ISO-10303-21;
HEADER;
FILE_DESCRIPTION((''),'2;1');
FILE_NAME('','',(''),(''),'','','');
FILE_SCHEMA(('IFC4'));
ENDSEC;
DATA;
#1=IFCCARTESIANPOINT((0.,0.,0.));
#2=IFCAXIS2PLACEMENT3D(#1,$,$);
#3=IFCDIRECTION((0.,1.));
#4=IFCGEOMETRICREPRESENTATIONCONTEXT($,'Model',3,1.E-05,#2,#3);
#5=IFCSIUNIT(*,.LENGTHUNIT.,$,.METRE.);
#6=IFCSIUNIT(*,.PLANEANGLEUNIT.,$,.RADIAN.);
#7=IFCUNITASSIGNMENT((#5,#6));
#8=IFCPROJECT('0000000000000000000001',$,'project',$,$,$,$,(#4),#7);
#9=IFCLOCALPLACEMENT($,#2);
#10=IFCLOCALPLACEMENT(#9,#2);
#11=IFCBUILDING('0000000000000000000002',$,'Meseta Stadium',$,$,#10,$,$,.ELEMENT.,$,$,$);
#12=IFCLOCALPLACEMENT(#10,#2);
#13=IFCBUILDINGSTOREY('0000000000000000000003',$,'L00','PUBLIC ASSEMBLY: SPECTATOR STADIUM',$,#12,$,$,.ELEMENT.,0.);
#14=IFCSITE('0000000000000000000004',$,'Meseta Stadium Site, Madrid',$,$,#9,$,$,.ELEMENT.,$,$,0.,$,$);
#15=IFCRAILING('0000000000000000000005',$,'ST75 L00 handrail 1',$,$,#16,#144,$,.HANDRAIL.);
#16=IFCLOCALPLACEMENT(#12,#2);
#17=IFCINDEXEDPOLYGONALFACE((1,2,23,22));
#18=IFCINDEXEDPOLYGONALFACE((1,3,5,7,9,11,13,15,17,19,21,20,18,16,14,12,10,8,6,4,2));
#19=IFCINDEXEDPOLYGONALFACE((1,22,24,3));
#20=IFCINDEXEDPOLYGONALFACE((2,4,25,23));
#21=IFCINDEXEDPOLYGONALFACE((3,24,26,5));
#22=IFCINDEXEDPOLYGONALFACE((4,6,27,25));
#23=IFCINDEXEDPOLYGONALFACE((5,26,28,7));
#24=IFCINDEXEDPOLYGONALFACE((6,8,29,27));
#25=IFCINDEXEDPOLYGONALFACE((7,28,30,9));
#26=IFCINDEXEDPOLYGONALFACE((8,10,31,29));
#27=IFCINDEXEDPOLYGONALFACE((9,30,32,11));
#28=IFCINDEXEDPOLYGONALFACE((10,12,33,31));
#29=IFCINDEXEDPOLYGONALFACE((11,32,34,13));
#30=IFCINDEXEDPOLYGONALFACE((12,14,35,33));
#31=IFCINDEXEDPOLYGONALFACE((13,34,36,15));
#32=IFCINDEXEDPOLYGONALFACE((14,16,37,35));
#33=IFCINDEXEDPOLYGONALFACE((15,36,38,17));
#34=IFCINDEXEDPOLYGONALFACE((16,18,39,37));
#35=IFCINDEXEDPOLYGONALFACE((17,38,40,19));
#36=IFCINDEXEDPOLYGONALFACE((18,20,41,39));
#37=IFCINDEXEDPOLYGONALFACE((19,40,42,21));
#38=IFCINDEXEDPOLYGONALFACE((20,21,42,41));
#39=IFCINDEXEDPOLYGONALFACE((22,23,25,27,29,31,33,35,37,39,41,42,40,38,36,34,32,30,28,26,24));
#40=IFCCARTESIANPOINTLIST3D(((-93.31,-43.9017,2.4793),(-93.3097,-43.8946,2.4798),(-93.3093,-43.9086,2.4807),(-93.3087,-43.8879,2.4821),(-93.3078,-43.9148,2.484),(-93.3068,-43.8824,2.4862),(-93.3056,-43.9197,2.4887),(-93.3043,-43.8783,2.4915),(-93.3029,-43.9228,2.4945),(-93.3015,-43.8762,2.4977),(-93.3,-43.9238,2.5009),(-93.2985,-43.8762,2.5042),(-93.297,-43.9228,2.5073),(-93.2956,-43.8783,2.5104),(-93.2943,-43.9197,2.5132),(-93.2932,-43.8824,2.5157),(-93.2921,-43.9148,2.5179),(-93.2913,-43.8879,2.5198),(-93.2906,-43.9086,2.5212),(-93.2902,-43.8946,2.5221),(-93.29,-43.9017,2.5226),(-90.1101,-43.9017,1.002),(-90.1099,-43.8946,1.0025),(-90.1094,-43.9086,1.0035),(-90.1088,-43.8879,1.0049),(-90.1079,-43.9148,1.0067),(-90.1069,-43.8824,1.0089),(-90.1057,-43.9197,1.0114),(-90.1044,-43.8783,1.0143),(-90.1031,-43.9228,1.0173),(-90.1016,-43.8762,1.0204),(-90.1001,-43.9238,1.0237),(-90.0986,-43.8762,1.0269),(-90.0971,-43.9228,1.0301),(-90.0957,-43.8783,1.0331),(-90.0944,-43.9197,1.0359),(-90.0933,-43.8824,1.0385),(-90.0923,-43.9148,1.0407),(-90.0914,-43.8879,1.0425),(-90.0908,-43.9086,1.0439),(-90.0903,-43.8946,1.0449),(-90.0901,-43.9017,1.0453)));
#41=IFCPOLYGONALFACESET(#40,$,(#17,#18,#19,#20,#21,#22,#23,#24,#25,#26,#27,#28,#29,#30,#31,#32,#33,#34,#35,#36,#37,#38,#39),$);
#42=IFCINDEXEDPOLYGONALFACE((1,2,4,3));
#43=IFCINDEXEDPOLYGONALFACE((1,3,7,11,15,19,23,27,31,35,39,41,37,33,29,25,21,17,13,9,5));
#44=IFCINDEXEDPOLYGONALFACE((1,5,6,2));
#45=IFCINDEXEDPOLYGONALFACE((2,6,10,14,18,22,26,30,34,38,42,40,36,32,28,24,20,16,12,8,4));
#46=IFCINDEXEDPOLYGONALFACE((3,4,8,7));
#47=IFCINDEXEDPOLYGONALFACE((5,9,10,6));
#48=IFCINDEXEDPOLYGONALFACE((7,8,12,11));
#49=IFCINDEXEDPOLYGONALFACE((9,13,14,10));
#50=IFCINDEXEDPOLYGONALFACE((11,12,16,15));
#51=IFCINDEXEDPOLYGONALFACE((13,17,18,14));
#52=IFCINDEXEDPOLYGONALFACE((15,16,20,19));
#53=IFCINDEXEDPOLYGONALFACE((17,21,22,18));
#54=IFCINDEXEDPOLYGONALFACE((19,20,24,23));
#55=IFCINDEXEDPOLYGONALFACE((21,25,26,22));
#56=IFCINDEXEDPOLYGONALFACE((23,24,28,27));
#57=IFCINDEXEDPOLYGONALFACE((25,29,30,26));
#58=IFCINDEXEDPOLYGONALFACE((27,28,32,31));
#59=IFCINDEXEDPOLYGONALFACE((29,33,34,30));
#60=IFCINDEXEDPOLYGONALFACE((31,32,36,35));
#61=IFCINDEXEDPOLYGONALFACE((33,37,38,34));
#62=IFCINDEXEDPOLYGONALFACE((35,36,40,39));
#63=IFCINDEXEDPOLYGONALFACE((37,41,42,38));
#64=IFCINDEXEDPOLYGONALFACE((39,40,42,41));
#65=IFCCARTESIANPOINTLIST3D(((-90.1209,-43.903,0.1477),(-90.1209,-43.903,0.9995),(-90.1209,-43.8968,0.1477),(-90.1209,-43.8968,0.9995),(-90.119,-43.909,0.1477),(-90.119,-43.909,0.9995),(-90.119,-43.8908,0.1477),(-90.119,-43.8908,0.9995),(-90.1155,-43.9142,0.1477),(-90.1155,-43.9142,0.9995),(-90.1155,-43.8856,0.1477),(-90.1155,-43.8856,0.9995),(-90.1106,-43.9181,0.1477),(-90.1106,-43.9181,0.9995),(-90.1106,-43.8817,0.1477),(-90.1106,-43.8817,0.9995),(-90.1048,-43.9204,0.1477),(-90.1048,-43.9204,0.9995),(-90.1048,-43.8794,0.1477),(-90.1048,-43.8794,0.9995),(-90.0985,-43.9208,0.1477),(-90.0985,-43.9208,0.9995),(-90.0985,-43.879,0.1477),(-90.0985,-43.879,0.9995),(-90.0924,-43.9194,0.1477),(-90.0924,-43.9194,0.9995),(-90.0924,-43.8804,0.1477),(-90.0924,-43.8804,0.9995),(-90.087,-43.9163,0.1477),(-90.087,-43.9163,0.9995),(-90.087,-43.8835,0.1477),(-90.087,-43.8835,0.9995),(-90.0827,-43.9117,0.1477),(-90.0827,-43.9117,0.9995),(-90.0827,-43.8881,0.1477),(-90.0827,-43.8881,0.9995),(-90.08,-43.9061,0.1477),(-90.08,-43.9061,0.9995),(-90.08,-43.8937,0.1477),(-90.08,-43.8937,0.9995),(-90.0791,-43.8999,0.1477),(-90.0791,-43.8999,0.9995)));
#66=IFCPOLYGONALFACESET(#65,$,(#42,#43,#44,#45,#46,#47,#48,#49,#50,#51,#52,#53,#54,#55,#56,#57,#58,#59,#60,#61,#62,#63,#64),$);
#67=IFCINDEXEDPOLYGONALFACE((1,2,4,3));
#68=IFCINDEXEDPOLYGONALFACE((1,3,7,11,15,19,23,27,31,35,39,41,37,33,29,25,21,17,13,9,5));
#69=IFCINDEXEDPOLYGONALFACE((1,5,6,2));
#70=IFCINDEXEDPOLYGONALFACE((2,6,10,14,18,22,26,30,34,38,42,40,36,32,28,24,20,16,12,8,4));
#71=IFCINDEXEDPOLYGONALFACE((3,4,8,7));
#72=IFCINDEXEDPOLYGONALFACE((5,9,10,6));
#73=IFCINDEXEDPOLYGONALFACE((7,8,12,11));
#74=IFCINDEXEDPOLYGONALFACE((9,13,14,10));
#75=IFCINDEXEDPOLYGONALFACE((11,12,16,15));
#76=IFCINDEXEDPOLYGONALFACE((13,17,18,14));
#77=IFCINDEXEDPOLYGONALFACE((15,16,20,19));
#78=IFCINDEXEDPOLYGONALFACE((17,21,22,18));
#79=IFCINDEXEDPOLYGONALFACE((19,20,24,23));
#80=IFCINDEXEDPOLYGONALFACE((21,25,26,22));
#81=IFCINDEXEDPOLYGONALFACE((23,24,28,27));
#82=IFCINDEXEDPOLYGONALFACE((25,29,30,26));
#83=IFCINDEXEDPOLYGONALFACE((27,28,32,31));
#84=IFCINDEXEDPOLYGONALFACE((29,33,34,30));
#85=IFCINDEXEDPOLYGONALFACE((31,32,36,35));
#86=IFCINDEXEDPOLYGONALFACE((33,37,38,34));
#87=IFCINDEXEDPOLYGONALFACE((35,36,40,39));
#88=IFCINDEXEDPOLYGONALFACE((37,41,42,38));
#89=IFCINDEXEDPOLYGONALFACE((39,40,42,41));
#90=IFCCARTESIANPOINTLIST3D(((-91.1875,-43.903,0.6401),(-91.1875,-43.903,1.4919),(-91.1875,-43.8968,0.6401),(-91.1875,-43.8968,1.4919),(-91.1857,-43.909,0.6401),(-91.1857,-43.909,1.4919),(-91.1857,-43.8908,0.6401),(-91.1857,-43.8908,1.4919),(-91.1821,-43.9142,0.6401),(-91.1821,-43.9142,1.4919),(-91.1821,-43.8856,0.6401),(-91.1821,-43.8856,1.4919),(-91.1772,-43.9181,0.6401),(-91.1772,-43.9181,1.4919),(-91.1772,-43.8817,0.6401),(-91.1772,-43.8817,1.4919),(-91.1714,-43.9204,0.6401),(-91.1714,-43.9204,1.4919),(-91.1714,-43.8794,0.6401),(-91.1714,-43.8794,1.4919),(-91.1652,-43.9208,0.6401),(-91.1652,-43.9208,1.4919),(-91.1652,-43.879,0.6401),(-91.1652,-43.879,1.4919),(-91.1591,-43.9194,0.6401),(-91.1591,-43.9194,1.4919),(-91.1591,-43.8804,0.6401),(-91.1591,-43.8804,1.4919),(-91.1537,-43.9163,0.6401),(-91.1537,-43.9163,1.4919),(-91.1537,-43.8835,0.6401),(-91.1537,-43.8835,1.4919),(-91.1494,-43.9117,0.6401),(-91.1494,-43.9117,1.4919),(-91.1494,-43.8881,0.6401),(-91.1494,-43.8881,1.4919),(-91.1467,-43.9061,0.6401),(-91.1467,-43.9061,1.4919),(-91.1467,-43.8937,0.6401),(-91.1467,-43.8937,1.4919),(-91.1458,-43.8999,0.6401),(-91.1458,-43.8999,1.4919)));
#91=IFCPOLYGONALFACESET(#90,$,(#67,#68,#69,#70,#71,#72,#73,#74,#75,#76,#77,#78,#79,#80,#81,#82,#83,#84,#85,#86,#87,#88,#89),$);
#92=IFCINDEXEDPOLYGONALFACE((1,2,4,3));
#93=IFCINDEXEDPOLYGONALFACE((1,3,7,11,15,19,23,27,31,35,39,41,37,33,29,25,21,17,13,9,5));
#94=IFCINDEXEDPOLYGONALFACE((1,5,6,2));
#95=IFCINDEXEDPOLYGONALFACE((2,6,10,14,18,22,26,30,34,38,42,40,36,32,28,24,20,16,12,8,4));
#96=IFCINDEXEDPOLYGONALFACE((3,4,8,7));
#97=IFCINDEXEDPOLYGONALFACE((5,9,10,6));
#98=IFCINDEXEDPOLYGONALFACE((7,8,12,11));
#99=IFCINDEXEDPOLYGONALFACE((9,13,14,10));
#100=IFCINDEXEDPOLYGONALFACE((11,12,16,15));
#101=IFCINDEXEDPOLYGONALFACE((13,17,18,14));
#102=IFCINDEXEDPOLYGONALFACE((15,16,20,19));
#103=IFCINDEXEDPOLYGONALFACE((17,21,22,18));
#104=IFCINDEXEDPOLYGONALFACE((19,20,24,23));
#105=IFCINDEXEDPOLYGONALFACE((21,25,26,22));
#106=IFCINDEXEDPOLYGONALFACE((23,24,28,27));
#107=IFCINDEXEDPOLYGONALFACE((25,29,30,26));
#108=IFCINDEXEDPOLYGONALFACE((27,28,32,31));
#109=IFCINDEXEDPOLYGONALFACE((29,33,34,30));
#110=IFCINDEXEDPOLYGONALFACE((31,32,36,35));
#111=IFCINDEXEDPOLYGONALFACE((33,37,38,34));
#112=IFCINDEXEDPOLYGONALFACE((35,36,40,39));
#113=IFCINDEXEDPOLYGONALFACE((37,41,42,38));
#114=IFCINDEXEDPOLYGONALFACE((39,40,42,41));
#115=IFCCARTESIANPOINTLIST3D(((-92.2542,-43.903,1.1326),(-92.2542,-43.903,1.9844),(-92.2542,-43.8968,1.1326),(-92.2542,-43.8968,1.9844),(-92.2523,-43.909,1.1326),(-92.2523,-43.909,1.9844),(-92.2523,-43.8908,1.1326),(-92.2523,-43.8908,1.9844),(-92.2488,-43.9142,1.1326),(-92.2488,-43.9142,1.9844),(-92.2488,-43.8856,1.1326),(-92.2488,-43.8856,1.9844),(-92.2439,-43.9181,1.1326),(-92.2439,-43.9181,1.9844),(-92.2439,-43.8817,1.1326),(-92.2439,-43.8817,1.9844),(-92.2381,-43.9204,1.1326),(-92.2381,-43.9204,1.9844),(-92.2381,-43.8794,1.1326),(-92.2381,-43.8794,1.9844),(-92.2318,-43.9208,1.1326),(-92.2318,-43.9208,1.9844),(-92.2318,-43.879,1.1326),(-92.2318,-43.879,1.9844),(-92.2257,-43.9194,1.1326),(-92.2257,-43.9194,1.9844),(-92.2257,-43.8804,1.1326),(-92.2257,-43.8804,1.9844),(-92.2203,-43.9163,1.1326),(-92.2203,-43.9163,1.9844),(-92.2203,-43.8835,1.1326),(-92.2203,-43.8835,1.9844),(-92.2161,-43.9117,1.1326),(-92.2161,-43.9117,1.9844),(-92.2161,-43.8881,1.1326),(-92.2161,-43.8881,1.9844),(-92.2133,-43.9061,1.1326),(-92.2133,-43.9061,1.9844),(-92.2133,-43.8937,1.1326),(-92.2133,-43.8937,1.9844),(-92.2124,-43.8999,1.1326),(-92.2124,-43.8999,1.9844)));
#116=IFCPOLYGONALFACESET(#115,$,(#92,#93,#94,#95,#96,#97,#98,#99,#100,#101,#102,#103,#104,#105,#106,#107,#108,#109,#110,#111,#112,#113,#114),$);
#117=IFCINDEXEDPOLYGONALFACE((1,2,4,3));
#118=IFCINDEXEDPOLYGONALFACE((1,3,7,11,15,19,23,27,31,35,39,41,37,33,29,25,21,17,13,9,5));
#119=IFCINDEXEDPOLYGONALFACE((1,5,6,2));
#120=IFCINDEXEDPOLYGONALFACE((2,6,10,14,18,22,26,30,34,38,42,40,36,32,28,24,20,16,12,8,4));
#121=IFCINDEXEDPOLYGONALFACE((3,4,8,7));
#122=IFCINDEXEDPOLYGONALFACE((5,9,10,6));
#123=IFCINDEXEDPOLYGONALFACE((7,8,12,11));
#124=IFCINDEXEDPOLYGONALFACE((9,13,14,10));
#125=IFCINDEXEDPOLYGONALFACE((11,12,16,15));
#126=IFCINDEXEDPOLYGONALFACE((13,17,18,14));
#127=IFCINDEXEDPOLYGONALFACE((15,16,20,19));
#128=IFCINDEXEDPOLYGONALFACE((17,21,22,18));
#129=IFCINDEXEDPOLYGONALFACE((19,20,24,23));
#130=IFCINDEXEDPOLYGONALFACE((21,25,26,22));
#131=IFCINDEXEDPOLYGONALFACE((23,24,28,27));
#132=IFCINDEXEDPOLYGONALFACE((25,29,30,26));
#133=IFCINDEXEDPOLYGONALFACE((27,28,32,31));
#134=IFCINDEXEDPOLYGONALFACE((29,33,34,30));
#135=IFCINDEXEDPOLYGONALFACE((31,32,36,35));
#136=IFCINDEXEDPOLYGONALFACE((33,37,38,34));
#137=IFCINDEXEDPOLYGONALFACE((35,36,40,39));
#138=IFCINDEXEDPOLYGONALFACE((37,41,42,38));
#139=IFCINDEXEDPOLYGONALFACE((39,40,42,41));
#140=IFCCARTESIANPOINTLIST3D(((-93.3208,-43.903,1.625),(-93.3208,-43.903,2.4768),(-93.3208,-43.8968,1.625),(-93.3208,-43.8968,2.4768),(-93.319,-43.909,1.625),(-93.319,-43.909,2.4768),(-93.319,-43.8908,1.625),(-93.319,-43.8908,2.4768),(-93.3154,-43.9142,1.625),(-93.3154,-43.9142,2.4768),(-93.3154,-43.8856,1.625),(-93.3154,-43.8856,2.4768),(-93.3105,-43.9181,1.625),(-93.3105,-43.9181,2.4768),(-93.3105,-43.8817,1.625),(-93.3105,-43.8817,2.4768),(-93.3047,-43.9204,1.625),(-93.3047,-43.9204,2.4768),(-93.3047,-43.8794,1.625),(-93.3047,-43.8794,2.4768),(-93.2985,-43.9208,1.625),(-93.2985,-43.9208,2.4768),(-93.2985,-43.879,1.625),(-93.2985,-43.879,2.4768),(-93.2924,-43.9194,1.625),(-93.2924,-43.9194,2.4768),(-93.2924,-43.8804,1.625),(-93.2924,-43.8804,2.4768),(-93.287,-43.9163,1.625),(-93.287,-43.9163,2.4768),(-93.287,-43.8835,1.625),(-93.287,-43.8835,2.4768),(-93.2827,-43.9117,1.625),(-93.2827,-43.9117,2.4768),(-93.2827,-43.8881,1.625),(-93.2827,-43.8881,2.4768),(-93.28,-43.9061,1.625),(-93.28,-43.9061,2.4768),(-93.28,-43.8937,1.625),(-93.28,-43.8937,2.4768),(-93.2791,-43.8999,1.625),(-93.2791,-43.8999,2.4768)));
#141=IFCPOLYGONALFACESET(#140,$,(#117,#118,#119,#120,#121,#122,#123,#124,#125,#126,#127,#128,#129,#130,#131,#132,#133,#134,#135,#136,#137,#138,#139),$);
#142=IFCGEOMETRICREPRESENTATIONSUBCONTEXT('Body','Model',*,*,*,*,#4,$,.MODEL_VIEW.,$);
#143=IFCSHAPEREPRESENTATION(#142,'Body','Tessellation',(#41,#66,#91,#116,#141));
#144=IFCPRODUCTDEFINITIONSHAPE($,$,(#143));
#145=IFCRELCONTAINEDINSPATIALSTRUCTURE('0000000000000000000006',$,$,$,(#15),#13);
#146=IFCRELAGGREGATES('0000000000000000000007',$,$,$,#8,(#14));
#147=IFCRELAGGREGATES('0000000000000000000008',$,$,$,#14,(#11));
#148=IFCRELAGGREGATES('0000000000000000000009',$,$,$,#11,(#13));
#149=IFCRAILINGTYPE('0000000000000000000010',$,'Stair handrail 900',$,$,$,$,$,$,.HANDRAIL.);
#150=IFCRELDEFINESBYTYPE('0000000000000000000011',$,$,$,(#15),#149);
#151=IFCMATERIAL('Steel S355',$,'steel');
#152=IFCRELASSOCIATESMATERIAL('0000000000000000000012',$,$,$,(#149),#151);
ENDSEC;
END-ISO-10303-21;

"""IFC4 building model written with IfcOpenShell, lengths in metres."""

from ifc_helpers import new_model, si_unit, direction, frame, origin, origin_2d, place, context, subcontext, project, spatial, circle, extrude, material, type_object, element, save


model = new_model("IFC4")

# Units and contexts
model_context = context("Model", 3, precision=1e-05, world=origin(), true_north=direction((0.0, 1.0)))
body_context = subcontext(model_context, "Body", "Model", "MODEL_VIEW")
ifc_project = project(units=[si_unit("LENGTHUNIT", "METRE"), si_unit("PLANEANGLEUNIT", "RADIAN")], contexts=[model_context])

# Site, building, storey
site_placement = place(None, origin())
site = spatial("IfcSite", under=ifc_project, at=site_placement, Name="Meseta Stadium Site, Madrid", CompositionType="ELEMENT", RefElevation=0.0)
building_placement = place(site_placement, origin())
building = spatial("IfcBuilding", under=site, at=building_placement, Name="Meseta Stadium", CompositionType="ELEMENT")
storey_placement = place(building_placement, origin())
storey = spatial("IfcBuildingStorey", under=building, at=storey_placement, Name="L00", Description="PUBLIC ASSEMBLY: SPECTATOR STADIUM", CompositionType="ELEMENT", Elevation=0.0)

# Railing
ifc_material_1 = material(Name="Steel S355", Category="steel")
railing_type_1 = type_object("IfcRailingType", Name="Stair handrail 900", PredefinedType="HANDRAIL", material=ifc_material_1)
for number, where, name in (
    (1, (-90.1001, -43.8999, 0.1477), "ST75 L00 handrail 1"),
):
    element("IfcRailing", number, at=place(storey_placement, frame(where)), inside=storey, type_object=railing_type_1, Name=name, PredefinedType="HANDRAIL", context=body_context, shape_type="SweptSolid", body=[
        extrude(circle(Radius=0.0239, at=origin_2d()), frame((0.0, 0.0, 0.876), z_axis=(-0.907917, 0.0, 0.41915), x_axis=(0.0, -1.0, 0.0)), (0.0, 0.0, 1.0), 3.5244),
        extrude(circle(Radius=0.021, at=origin_2d()), origin(), (0.0, 0.0, 1.0), 0.8518),
        extrude(circle(Radius=0.021, at=origin_2d()), frame((-1.0667, 0.0, 0.4924)), (0.0, 0.0, 1.0), 0.8518),
        extrude(circle(Radius=0.021, at=origin_2d()), frame((-2.1333, 0.0, 0.9849)), (0.0, 0.0, 1.0), 0.8518),
        extrude(circle(Radius=0.021, at=origin_2d()), frame((-3.2, 0.0, 1.4773)), (0.0, 0.0, 1.0), 0.8518),
    ])

save(model, "model.ifc")
